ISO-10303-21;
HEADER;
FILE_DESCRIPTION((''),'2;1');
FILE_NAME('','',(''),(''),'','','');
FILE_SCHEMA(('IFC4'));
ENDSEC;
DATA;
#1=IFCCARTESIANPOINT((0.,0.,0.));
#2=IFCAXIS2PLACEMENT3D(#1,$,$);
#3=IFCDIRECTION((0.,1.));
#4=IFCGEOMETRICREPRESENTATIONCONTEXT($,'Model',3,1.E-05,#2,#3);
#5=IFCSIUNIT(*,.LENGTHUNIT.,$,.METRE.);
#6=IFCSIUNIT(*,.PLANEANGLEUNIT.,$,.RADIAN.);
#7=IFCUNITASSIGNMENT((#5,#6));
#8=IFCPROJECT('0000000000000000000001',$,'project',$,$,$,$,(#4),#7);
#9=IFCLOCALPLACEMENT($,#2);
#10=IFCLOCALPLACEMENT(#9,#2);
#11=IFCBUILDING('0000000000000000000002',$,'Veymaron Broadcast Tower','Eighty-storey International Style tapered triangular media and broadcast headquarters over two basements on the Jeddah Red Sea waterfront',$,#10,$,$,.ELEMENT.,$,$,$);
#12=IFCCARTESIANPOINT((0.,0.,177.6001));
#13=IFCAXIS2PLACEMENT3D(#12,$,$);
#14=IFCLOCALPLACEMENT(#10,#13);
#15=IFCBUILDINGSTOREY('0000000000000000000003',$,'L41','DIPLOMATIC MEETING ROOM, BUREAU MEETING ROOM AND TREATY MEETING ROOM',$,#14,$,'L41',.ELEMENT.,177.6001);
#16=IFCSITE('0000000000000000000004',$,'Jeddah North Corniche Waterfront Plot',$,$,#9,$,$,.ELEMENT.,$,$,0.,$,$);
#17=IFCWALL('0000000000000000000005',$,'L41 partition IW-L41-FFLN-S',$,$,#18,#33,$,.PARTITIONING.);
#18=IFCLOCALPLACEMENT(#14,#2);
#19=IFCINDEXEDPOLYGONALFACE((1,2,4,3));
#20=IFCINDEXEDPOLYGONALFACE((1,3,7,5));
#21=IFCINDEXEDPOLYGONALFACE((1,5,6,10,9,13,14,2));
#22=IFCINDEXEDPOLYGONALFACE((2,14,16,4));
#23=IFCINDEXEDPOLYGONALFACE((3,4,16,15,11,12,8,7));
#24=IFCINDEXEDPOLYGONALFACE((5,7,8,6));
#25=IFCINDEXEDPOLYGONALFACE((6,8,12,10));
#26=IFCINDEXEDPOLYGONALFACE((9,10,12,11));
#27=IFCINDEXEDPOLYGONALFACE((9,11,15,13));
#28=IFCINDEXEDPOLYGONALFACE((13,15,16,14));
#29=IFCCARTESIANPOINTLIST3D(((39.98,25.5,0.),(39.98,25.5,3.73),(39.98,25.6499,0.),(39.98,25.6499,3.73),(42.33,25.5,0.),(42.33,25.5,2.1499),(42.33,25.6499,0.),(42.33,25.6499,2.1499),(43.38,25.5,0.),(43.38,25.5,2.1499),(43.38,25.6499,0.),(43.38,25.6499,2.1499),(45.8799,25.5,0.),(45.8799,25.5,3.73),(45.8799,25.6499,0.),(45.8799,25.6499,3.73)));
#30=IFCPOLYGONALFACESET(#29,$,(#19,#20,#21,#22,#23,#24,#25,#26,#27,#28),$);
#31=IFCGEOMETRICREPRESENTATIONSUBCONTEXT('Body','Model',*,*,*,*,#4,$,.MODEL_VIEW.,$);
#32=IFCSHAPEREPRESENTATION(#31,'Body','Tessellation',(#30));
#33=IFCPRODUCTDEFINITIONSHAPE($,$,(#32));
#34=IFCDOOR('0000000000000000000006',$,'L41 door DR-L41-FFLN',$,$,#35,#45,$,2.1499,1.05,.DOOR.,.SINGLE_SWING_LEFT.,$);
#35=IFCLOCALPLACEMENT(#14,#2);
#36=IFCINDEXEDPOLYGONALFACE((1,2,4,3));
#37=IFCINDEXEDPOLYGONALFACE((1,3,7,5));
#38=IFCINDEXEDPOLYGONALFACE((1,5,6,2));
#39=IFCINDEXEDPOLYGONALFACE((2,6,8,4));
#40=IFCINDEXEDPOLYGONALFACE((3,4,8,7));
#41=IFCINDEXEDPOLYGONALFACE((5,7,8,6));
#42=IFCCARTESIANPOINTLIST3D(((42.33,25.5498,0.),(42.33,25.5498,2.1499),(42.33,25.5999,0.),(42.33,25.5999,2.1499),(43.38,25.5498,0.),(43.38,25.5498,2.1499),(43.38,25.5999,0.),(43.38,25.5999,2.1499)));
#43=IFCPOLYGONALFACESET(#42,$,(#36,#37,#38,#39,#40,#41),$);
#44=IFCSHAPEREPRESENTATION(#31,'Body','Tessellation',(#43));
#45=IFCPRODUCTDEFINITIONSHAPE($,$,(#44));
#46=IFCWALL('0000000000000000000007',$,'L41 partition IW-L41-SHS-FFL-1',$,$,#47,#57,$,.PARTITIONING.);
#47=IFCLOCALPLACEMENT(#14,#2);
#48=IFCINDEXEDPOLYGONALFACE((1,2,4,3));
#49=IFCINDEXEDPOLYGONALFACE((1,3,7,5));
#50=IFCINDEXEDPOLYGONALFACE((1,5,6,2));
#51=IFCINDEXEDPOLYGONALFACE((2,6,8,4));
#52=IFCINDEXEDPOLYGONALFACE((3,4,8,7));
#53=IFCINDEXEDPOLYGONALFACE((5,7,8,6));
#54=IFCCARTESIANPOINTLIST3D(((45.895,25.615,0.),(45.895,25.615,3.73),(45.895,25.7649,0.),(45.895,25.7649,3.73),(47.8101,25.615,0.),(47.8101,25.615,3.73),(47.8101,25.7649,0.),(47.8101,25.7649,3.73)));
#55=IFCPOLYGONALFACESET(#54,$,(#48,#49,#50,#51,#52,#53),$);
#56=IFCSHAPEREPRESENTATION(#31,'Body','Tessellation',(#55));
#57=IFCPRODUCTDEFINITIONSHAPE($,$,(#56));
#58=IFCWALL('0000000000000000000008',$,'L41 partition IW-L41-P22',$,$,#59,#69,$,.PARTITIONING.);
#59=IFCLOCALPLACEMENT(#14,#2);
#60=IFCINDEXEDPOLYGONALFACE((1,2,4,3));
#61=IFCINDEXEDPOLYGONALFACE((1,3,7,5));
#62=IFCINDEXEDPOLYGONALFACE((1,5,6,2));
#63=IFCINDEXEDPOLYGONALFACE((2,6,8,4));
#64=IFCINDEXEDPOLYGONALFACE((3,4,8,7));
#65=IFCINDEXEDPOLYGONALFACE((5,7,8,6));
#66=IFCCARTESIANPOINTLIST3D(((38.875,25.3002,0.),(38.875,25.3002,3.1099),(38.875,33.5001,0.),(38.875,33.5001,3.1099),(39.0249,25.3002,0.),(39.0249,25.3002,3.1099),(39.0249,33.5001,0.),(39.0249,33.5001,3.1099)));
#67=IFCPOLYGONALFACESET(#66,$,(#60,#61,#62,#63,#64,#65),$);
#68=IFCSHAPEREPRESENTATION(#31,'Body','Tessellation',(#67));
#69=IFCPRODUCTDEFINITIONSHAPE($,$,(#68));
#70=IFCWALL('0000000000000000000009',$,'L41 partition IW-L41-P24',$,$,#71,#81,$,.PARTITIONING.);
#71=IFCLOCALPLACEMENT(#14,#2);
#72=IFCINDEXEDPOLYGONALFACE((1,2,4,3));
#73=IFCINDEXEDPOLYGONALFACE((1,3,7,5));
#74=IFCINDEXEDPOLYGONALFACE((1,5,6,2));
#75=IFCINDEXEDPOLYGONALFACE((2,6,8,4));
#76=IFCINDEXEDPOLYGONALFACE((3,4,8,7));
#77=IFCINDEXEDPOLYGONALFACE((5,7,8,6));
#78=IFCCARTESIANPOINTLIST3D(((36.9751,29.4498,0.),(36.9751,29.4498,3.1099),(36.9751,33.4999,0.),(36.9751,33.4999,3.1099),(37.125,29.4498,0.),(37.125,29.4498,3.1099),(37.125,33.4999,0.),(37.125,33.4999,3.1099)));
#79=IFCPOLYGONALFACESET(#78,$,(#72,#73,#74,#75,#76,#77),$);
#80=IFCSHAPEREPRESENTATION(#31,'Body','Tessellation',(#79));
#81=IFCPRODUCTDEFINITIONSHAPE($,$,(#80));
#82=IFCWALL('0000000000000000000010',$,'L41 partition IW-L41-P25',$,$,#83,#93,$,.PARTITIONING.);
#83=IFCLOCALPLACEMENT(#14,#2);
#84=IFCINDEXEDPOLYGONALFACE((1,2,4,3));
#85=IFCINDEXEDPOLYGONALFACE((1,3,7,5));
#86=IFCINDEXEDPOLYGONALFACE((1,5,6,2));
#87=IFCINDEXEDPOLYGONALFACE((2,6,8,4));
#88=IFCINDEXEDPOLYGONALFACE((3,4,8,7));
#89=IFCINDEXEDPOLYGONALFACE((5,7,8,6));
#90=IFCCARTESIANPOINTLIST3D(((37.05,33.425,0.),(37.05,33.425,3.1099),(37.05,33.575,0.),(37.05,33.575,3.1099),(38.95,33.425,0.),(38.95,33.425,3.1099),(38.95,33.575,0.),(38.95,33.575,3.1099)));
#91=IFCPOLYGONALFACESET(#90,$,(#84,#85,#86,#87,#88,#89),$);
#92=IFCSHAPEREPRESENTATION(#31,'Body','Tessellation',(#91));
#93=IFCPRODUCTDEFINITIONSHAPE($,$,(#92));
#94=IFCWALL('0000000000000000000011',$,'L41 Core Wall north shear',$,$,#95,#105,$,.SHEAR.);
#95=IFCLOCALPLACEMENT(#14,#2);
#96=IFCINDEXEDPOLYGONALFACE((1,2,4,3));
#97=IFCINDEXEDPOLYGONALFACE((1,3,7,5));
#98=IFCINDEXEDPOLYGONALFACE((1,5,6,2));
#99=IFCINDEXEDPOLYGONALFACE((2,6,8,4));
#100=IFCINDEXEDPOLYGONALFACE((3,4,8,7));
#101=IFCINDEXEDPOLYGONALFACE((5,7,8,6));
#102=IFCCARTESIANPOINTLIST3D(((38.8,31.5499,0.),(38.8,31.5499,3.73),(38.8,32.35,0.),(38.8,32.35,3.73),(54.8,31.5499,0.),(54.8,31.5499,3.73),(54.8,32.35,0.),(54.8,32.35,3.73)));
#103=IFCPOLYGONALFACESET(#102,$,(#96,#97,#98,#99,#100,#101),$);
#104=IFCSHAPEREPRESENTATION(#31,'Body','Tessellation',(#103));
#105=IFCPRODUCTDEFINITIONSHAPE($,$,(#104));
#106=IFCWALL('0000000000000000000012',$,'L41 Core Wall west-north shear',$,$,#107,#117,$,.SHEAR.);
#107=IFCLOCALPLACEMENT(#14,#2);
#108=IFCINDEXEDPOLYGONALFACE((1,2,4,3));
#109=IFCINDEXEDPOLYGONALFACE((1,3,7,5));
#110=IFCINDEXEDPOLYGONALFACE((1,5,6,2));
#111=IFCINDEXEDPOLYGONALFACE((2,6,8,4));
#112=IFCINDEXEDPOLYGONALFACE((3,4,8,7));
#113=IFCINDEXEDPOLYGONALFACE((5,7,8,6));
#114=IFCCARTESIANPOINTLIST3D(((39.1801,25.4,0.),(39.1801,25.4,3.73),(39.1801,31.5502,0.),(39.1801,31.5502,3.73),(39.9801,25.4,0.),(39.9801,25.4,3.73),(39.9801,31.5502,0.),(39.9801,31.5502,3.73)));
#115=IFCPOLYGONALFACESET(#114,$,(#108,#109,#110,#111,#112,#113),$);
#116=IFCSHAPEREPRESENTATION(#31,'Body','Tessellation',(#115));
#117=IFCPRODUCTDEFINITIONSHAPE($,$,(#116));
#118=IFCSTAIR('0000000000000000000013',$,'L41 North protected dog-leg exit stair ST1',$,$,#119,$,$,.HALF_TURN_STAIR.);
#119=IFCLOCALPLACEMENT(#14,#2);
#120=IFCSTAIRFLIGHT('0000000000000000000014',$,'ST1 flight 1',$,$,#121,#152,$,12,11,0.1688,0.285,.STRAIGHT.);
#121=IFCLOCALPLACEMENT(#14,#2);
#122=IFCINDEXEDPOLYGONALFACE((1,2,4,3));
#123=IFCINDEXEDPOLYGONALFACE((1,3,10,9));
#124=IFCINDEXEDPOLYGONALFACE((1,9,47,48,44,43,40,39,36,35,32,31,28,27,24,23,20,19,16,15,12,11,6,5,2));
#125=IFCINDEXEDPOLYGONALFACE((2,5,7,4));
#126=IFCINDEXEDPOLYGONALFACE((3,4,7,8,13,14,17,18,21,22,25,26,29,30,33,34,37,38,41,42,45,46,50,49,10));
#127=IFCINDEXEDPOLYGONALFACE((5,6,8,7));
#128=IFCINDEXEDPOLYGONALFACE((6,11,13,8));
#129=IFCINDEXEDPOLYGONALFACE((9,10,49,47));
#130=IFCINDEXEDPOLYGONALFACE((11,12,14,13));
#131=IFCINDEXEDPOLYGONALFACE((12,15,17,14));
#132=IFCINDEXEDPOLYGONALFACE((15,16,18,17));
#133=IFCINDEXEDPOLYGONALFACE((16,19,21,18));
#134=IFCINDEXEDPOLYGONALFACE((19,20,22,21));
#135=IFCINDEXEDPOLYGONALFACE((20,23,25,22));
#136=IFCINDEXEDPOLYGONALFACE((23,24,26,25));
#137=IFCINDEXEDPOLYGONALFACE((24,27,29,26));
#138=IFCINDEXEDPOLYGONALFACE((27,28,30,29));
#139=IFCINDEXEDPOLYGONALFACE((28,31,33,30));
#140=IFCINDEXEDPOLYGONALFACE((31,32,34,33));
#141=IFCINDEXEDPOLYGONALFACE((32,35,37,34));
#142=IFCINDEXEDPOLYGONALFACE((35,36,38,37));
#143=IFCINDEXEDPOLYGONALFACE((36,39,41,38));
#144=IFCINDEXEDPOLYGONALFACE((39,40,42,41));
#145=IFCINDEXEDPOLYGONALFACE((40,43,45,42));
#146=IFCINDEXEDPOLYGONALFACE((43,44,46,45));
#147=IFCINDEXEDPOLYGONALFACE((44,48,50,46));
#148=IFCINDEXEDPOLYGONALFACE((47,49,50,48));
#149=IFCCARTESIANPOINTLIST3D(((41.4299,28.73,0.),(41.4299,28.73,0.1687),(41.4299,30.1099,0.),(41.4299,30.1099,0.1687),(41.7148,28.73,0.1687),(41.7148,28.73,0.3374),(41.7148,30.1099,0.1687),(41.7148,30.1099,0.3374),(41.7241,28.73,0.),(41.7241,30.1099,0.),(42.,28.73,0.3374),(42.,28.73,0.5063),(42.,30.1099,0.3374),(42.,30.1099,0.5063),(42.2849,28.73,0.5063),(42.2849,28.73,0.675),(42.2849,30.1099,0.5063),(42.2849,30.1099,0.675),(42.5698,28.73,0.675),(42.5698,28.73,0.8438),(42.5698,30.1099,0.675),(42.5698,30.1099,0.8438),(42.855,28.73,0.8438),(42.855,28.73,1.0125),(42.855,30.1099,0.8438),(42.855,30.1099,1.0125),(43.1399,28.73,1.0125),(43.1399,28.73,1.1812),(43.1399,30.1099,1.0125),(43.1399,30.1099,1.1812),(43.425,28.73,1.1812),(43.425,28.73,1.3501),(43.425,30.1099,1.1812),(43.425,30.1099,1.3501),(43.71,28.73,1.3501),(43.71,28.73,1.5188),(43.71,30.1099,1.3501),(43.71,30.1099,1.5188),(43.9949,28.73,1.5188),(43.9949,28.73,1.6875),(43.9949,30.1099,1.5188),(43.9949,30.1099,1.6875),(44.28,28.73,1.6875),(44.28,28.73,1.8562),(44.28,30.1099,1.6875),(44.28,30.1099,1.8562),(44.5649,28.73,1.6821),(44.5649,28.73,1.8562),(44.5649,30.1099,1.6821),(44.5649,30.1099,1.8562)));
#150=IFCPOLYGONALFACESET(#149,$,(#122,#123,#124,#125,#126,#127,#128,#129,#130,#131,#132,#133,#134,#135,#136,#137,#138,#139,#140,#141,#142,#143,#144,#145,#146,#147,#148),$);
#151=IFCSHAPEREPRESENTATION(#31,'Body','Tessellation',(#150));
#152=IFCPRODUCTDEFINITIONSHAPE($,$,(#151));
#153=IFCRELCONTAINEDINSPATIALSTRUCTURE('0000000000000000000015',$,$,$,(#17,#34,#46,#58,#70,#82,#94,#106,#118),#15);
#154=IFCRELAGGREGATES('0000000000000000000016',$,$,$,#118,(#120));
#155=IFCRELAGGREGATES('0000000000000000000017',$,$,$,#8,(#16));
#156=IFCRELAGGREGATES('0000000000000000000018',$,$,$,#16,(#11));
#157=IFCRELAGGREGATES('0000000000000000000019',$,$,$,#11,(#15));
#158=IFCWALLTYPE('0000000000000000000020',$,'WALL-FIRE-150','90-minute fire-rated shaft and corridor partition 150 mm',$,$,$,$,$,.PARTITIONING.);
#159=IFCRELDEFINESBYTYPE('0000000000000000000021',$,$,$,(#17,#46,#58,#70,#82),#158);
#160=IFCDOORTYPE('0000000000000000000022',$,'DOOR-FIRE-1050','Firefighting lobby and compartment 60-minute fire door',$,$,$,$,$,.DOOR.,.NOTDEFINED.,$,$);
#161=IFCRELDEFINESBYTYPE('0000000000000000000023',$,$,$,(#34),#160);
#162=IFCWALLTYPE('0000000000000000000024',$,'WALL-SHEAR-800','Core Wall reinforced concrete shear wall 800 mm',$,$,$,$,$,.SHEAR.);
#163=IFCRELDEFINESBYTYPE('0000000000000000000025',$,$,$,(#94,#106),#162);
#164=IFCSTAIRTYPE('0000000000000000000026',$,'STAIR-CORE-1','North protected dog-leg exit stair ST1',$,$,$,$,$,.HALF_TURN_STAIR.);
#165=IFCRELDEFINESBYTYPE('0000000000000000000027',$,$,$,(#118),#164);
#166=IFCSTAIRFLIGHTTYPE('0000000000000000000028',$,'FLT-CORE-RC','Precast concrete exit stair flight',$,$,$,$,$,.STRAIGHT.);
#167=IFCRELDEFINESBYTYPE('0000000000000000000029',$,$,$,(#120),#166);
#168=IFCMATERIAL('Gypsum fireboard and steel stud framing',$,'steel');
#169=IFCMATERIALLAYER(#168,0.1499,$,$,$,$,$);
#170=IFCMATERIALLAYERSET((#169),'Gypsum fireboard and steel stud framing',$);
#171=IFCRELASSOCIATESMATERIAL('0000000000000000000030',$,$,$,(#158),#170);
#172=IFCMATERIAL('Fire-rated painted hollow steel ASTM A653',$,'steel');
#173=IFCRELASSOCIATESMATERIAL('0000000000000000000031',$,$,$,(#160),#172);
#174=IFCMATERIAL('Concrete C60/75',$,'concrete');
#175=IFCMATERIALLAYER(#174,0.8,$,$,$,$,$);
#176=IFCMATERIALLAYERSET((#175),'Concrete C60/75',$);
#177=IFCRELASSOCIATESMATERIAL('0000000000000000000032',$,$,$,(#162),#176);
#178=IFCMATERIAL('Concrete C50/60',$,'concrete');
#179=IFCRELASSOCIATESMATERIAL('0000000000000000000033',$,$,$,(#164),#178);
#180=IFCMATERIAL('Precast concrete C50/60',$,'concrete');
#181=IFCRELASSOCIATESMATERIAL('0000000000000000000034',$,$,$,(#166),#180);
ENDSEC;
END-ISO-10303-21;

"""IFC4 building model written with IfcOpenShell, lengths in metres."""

from ifc_helpers import new_model, si_unit, direction, frame, frame_2d, origin, place, context, subcontext, project, spatial, polyline, rectangle, outline, extrude, material, layer, layer_set, type_object, element, fill, aggregate, save


model = new_model("IFC4")

# Units and contexts
model_context = context("Model", 3, precision=1e-05, world=origin(), true_north=direction((0.0, 1.0)))
body_context = subcontext(model_context, "Body", "Model", "MODEL_VIEW")
ifc_project = project(units=[si_unit("LENGTHUNIT", "METRE"), si_unit("PLANEANGLEUNIT", "RADIAN")], contexts=[model_context])

# Site, building, storey
site_placement = place(None, origin())
site = spatial("IfcSite", under=ifc_project, at=site_placement, Name="Jeddah North Corniche Waterfront Plot", CompositionType="ELEMENT", RefElevation=0.0)
building_placement = place(site_placement, origin())
building = spatial("IfcBuilding", under=site, at=building_placement, Name="Veymaron Broadcast Tower", Description="Eighty-storey International Style tapered triangular media and broadcast headquarters over two basements on the Jeddah Red Sea waterfront", CompositionType="ELEMENT")
storey_placement = place(building_placement, frame((0.0, 0.0, 177.6001)))
storey = spatial("IfcBuildingStorey", under=building, at=storey_placement, Name="L41", Description="DIPLOMATIC MEETING ROOM, BUREAU MEETING ROOM AND TREATY MEETING ROOM", LongName="L41", CompositionType="ELEMENT", Elevation=177.6001)

# Wall, opening, door
ifc_material_1 = material(Name="Gypsum fireboard and steel stud framing", Category="steel")
ifc_layer_1 = layer(ifc_material_1, 0.1499)
ifc_layer_set_1 = layer_set([ifc_layer_1], Name="Gypsum fireboard and steel stud framing")
wall_type_1 = type_object("IfcWallType", Name="WALL-FIRE-150", Description="90-minute fire-rated shaft and corridor partition 150 mm", PredefinedType="PARTITIONING", material=ifc_layer_set_1)
wall_1_placement = place(storey_placement, frame((39.98, 25.575, 0.0), z_axis=(0.0, 0.0, 1.0), x_axis=(1.0, 0.0, 0.0)))
wall_1 = element("IfcWall", 1, at=wall_1_placement, inside=storey, type_object=wall_type_1, Name="L41 partition IW-L41-FFLN-S", PredefinedType="PARTITIONING", context=body_context, shape_type="SweptSolid", body=[
    extrude(rectangle(XDim=5.8999, YDim=0.1499, at=frame_2d((2.95, 0.0))), origin(), (0.0, 0.0, 1.0), 3.73),
])
opening_1_placement = place(wall_1_placement, frame((2.3501, 0.0, 0.0)))
opening_1 = element("IfcOpeningElement", 2, at=opening_1_placement, cuts=wall_1, PredefinedType="OPENING", context=body_context, shape_type="SweptSolid", body=[
    extrude(rectangle(XDim=1.05, YDim=2.1499, at=frame_2d((0.5249, 1.075))), frame((0.0, 0.085, 0.0), z_axis=(0.0, -1.0, 0.0), x_axis=(1.0, 0.0, 0.0)), (0.0, 0.0, 1.0), 0.1699),
])
ifc_material_2 = material(Name="Fire-rated painted hollow steel ASTM A653", Category="steel")
door_type_1 = type_object("IfcDoorType", Name="DOOR-FIRE-1050", Description="Firefighting lobby and compartment 60-minute fire door", OperationType="NOTDEFINED", PredefinedType="DOOR", material=ifc_material_2)
door_1_placement = place(opening_1_placement, origin())
door_1 = element("IfcDoor", 3, at=door_1_placement, inside=storey, type_object=door_type_1, Name="L41 door DR-L41-FFLN", OperationType="SINGLE_SWING_LEFT", OverallHeight=2.1499, OverallWidth=1.05, PredefinedType="DOOR", context=body_context, shape_type="SweptSolid", body=[
    extrude(rectangle(XDim=1.05, YDim=2.1499, at=frame_2d((0.5249, 1.075))), frame((0.0, 0.0249, 0.0), z_axis=(0.0, -1.0, 0.0), x_axis=(1.0, 0.0, 0.0)), (0.0, 0.0, 1.0), 0.05),
])
fill(opening_1, door_1)

# Walls
wall_2_placement = place(storey_placement, frame((45.895, 25.6899, 0.0), z_axis=(0.0, 0.0, 1.0), x_axis=(1.0, 0.0, 0.0)))
element("IfcWall", 4, at=wall_2_placement, inside=storey, type_object=wall_type_1, Name="L41 partition IW-L41-SHS-FFL-1", PredefinedType="PARTITIONING", context=body_context, shape_type="SweptSolid", body=[
    extrude(rectangle(XDim=1.915, YDim=0.1499, at=frame_2d((0.9575, 0.0))), origin(), (0.0, 0.0, 1.0), 3.73),
])
wall_3_placement = place(storey_placement, frame((38.95, 25.3, 0.0), z_axis=(0.0, 0.0, 1.0), x_axis=(0.0, 1.0, 0.0)))
element("IfcWall", 5, at=wall_3_placement, inside=storey, type_object=wall_type_1, Name="L41 partition IW-L41-P22", PredefinedType="PARTITIONING", context=body_context, shape_type="SweptSolid", body=[
    extrude(rectangle(XDim=8.2, YDim=0.1499, at=frame_2d((4.1001, 0.0))), origin(), (0.0, 0.0, 1.0), 3.1099),
])
wall_4_placement = place(storey_placement, frame((37.05, 29.45, 0.0), z_axis=(0.0, 0.0, 1.0), x_axis=(0.0, 1.0, 0.0)))
element("IfcWall", 6, at=wall_4_placement, inside=storey, type_object=wall_type_1, Name="L41 partition IW-L41-P24", PredefinedType="PARTITIONING", context=body_context, shape_type="SweptSolid", body=[
    extrude(rectangle(XDim=4.05, YDim=0.1499, at=frame_2d((2.0249, 0.0))), origin(), (0.0, 0.0, 1.0), 3.1099),
])
wall_5_placement = place(storey_placement, frame((37.05, 33.5, 0.0), z_axis=(0.0, 0.0, 1.0), x_axis=(1.0, 0.0, 0.0)))
element("IfcWall", 7, at=wall_5_placement, inside=storey, type_object=wall_type_1, Name="L41 partition IW-L41-P25", PredefinedType="PARTITIONING", context=body_context, shape_type="SweptSolid", body=[
    extrude(rectangle(XDim=1.8999, YDim=0.1499, at=frame_2d((0.95, 0.0))), origin(), (0.0, 0.0, 1.0), 3.1099),
])

# Shared definitions
ifc_material_3 = material(Name="Concrete C50/60", Category="concrete")

# Walls
ifc_material_4 = material(Name="Concrete C60/75", Category="concrete")
ifc_layer_2 = layer(ifc_material_4, 0.8)
ifc_layer_set_2 = layer_set([ifc_layer_2], Name="Concrete C60/75")
wall_type_2 = type_object("IfcWallType", Name="WALL-SHEAR-800", Description="Core Wall reinforced concrete shear wall 800 mm", PredefinedType="SHEAR", material=ifc_layer_set_2)
wall_6_placement = place(storey_placement, frame((38.8, 31.95, 0.0), z_axis=(0.0, 0.0, 1.0), x_axis=(1.0, 0.0, 0.0)))
element("IfcWall", 8, at=wall_6_placement, inside=storey, type_object=wall_type_2, Name="L41 Core Wall north shear", PredefinedType="SHEAR", context=body_context, shape_type="SweptSolid", body=[
    extrude(rectangle(XDim=16.0, YDim=0.8, at=frame_2d((8.0, 0.0))), origin(), (0.0, 0.0, 1.0), 3.73),
])
wall_7_placement = place(storey_placement, frame((39.5801, 25.3999, 0.0), z_axis=(0.0, 0.0, 1.0), x_axis=(0.0, 1.0, 0.0)))
element("IfcWall", 9, at=wall_7_placement, inside=storey, type_object=wall_type_2, Name="L41 Core Wall west-north shear", PredefinedType="SHEAR", context=body_context, shape_type="SweptSolid", body=[
    extrude(rectangle(XDim=6.1501, YDim=0.8, at=frame_2d((3.0752, 0.0))), origin(), (0.0, 0.0, 1.0), 3.73),
])

# Stair, stair flight
stair_type = type_object("IfcStairType", Name="STAIR-CORE-1", Description="North protected dog-leg exit stair ST1", PredefinedType="HALF_TURN_STAIR", material=ifc_material_3)
stair_placement = place(storey_placement, origin())
stair = element("IfcStair", 10, at=stair_placement, inside=storey, type_object=stair_type, Name="L41 North protected dog-leg exit stair ST1", PredefinedType="HALF_TURN_STAIR")
ifc_material_5 = material(Name="Precast concrete C50/60", Category="concrete")
stair_flight_type = type_object("IfcStairFlightType", Name="FLT-CORE-RC", Description="Precast concrete exit stair flight", PredefinedType="STRAIGHT", material=ifc_material_5)
stair_flight_1_placement = place(storey_placement, frame((41.4299, 29.4199, 0.0), z_axis=(0.0, 0.0, 1.0), x_axis=(1.0, 0.0, 0.0)))
stair_flight_1 = element("IfcStairFlight", 11, at=stair_flight_1_placement, type_object=stair_flight_type, Name="ST1 flight 1", NumberOfRisers=12, NumberOfTreads=11, PredefinedType="STRAIGHT", RiserHeight=0.1688, TreadLength=0.285, context=body_context, shape_type="SweptSolid", body=[
    extrude(outline(polyline([(0.0, 0.0), (0.0, 0.1687), (0.2849, 0.1687), (0.2849, 0.3374), (0.5701, 0.3374), (0.5701, 0.5063), (0.855, 0.5063), (0.855, 0.675), (1.1399, 0.675), (1.1399, 0.8438), (1.425, 0.8438), (1.425, 1.0125), (1.71, 1.0125), (1.71, 1.1812), (1.9951, 1.1812), (1.9951, 1.3501), (2.28, 1.3501), (2.28, 1.5188), (2.5649, 1.5188), (2.5649, 1.6875), (2.8501, 1.6875), (2.8501, 1.8562), (3.135, 1.8562), (3.135, 2.0249), (3.135, 1.6821), (0.2942, 0.0), (0.0, 0.0)])), frame((0.0, 0.6899, 0.0), z_axis=(0.0, -1.0, 0.0), x_axis=(1.0, 0.0, 0.0)), (0.0, 0.0, 1.0), 1.3799),
])
aggregate(stair, [stair_flight_1])

save(model, "model.ifc")
